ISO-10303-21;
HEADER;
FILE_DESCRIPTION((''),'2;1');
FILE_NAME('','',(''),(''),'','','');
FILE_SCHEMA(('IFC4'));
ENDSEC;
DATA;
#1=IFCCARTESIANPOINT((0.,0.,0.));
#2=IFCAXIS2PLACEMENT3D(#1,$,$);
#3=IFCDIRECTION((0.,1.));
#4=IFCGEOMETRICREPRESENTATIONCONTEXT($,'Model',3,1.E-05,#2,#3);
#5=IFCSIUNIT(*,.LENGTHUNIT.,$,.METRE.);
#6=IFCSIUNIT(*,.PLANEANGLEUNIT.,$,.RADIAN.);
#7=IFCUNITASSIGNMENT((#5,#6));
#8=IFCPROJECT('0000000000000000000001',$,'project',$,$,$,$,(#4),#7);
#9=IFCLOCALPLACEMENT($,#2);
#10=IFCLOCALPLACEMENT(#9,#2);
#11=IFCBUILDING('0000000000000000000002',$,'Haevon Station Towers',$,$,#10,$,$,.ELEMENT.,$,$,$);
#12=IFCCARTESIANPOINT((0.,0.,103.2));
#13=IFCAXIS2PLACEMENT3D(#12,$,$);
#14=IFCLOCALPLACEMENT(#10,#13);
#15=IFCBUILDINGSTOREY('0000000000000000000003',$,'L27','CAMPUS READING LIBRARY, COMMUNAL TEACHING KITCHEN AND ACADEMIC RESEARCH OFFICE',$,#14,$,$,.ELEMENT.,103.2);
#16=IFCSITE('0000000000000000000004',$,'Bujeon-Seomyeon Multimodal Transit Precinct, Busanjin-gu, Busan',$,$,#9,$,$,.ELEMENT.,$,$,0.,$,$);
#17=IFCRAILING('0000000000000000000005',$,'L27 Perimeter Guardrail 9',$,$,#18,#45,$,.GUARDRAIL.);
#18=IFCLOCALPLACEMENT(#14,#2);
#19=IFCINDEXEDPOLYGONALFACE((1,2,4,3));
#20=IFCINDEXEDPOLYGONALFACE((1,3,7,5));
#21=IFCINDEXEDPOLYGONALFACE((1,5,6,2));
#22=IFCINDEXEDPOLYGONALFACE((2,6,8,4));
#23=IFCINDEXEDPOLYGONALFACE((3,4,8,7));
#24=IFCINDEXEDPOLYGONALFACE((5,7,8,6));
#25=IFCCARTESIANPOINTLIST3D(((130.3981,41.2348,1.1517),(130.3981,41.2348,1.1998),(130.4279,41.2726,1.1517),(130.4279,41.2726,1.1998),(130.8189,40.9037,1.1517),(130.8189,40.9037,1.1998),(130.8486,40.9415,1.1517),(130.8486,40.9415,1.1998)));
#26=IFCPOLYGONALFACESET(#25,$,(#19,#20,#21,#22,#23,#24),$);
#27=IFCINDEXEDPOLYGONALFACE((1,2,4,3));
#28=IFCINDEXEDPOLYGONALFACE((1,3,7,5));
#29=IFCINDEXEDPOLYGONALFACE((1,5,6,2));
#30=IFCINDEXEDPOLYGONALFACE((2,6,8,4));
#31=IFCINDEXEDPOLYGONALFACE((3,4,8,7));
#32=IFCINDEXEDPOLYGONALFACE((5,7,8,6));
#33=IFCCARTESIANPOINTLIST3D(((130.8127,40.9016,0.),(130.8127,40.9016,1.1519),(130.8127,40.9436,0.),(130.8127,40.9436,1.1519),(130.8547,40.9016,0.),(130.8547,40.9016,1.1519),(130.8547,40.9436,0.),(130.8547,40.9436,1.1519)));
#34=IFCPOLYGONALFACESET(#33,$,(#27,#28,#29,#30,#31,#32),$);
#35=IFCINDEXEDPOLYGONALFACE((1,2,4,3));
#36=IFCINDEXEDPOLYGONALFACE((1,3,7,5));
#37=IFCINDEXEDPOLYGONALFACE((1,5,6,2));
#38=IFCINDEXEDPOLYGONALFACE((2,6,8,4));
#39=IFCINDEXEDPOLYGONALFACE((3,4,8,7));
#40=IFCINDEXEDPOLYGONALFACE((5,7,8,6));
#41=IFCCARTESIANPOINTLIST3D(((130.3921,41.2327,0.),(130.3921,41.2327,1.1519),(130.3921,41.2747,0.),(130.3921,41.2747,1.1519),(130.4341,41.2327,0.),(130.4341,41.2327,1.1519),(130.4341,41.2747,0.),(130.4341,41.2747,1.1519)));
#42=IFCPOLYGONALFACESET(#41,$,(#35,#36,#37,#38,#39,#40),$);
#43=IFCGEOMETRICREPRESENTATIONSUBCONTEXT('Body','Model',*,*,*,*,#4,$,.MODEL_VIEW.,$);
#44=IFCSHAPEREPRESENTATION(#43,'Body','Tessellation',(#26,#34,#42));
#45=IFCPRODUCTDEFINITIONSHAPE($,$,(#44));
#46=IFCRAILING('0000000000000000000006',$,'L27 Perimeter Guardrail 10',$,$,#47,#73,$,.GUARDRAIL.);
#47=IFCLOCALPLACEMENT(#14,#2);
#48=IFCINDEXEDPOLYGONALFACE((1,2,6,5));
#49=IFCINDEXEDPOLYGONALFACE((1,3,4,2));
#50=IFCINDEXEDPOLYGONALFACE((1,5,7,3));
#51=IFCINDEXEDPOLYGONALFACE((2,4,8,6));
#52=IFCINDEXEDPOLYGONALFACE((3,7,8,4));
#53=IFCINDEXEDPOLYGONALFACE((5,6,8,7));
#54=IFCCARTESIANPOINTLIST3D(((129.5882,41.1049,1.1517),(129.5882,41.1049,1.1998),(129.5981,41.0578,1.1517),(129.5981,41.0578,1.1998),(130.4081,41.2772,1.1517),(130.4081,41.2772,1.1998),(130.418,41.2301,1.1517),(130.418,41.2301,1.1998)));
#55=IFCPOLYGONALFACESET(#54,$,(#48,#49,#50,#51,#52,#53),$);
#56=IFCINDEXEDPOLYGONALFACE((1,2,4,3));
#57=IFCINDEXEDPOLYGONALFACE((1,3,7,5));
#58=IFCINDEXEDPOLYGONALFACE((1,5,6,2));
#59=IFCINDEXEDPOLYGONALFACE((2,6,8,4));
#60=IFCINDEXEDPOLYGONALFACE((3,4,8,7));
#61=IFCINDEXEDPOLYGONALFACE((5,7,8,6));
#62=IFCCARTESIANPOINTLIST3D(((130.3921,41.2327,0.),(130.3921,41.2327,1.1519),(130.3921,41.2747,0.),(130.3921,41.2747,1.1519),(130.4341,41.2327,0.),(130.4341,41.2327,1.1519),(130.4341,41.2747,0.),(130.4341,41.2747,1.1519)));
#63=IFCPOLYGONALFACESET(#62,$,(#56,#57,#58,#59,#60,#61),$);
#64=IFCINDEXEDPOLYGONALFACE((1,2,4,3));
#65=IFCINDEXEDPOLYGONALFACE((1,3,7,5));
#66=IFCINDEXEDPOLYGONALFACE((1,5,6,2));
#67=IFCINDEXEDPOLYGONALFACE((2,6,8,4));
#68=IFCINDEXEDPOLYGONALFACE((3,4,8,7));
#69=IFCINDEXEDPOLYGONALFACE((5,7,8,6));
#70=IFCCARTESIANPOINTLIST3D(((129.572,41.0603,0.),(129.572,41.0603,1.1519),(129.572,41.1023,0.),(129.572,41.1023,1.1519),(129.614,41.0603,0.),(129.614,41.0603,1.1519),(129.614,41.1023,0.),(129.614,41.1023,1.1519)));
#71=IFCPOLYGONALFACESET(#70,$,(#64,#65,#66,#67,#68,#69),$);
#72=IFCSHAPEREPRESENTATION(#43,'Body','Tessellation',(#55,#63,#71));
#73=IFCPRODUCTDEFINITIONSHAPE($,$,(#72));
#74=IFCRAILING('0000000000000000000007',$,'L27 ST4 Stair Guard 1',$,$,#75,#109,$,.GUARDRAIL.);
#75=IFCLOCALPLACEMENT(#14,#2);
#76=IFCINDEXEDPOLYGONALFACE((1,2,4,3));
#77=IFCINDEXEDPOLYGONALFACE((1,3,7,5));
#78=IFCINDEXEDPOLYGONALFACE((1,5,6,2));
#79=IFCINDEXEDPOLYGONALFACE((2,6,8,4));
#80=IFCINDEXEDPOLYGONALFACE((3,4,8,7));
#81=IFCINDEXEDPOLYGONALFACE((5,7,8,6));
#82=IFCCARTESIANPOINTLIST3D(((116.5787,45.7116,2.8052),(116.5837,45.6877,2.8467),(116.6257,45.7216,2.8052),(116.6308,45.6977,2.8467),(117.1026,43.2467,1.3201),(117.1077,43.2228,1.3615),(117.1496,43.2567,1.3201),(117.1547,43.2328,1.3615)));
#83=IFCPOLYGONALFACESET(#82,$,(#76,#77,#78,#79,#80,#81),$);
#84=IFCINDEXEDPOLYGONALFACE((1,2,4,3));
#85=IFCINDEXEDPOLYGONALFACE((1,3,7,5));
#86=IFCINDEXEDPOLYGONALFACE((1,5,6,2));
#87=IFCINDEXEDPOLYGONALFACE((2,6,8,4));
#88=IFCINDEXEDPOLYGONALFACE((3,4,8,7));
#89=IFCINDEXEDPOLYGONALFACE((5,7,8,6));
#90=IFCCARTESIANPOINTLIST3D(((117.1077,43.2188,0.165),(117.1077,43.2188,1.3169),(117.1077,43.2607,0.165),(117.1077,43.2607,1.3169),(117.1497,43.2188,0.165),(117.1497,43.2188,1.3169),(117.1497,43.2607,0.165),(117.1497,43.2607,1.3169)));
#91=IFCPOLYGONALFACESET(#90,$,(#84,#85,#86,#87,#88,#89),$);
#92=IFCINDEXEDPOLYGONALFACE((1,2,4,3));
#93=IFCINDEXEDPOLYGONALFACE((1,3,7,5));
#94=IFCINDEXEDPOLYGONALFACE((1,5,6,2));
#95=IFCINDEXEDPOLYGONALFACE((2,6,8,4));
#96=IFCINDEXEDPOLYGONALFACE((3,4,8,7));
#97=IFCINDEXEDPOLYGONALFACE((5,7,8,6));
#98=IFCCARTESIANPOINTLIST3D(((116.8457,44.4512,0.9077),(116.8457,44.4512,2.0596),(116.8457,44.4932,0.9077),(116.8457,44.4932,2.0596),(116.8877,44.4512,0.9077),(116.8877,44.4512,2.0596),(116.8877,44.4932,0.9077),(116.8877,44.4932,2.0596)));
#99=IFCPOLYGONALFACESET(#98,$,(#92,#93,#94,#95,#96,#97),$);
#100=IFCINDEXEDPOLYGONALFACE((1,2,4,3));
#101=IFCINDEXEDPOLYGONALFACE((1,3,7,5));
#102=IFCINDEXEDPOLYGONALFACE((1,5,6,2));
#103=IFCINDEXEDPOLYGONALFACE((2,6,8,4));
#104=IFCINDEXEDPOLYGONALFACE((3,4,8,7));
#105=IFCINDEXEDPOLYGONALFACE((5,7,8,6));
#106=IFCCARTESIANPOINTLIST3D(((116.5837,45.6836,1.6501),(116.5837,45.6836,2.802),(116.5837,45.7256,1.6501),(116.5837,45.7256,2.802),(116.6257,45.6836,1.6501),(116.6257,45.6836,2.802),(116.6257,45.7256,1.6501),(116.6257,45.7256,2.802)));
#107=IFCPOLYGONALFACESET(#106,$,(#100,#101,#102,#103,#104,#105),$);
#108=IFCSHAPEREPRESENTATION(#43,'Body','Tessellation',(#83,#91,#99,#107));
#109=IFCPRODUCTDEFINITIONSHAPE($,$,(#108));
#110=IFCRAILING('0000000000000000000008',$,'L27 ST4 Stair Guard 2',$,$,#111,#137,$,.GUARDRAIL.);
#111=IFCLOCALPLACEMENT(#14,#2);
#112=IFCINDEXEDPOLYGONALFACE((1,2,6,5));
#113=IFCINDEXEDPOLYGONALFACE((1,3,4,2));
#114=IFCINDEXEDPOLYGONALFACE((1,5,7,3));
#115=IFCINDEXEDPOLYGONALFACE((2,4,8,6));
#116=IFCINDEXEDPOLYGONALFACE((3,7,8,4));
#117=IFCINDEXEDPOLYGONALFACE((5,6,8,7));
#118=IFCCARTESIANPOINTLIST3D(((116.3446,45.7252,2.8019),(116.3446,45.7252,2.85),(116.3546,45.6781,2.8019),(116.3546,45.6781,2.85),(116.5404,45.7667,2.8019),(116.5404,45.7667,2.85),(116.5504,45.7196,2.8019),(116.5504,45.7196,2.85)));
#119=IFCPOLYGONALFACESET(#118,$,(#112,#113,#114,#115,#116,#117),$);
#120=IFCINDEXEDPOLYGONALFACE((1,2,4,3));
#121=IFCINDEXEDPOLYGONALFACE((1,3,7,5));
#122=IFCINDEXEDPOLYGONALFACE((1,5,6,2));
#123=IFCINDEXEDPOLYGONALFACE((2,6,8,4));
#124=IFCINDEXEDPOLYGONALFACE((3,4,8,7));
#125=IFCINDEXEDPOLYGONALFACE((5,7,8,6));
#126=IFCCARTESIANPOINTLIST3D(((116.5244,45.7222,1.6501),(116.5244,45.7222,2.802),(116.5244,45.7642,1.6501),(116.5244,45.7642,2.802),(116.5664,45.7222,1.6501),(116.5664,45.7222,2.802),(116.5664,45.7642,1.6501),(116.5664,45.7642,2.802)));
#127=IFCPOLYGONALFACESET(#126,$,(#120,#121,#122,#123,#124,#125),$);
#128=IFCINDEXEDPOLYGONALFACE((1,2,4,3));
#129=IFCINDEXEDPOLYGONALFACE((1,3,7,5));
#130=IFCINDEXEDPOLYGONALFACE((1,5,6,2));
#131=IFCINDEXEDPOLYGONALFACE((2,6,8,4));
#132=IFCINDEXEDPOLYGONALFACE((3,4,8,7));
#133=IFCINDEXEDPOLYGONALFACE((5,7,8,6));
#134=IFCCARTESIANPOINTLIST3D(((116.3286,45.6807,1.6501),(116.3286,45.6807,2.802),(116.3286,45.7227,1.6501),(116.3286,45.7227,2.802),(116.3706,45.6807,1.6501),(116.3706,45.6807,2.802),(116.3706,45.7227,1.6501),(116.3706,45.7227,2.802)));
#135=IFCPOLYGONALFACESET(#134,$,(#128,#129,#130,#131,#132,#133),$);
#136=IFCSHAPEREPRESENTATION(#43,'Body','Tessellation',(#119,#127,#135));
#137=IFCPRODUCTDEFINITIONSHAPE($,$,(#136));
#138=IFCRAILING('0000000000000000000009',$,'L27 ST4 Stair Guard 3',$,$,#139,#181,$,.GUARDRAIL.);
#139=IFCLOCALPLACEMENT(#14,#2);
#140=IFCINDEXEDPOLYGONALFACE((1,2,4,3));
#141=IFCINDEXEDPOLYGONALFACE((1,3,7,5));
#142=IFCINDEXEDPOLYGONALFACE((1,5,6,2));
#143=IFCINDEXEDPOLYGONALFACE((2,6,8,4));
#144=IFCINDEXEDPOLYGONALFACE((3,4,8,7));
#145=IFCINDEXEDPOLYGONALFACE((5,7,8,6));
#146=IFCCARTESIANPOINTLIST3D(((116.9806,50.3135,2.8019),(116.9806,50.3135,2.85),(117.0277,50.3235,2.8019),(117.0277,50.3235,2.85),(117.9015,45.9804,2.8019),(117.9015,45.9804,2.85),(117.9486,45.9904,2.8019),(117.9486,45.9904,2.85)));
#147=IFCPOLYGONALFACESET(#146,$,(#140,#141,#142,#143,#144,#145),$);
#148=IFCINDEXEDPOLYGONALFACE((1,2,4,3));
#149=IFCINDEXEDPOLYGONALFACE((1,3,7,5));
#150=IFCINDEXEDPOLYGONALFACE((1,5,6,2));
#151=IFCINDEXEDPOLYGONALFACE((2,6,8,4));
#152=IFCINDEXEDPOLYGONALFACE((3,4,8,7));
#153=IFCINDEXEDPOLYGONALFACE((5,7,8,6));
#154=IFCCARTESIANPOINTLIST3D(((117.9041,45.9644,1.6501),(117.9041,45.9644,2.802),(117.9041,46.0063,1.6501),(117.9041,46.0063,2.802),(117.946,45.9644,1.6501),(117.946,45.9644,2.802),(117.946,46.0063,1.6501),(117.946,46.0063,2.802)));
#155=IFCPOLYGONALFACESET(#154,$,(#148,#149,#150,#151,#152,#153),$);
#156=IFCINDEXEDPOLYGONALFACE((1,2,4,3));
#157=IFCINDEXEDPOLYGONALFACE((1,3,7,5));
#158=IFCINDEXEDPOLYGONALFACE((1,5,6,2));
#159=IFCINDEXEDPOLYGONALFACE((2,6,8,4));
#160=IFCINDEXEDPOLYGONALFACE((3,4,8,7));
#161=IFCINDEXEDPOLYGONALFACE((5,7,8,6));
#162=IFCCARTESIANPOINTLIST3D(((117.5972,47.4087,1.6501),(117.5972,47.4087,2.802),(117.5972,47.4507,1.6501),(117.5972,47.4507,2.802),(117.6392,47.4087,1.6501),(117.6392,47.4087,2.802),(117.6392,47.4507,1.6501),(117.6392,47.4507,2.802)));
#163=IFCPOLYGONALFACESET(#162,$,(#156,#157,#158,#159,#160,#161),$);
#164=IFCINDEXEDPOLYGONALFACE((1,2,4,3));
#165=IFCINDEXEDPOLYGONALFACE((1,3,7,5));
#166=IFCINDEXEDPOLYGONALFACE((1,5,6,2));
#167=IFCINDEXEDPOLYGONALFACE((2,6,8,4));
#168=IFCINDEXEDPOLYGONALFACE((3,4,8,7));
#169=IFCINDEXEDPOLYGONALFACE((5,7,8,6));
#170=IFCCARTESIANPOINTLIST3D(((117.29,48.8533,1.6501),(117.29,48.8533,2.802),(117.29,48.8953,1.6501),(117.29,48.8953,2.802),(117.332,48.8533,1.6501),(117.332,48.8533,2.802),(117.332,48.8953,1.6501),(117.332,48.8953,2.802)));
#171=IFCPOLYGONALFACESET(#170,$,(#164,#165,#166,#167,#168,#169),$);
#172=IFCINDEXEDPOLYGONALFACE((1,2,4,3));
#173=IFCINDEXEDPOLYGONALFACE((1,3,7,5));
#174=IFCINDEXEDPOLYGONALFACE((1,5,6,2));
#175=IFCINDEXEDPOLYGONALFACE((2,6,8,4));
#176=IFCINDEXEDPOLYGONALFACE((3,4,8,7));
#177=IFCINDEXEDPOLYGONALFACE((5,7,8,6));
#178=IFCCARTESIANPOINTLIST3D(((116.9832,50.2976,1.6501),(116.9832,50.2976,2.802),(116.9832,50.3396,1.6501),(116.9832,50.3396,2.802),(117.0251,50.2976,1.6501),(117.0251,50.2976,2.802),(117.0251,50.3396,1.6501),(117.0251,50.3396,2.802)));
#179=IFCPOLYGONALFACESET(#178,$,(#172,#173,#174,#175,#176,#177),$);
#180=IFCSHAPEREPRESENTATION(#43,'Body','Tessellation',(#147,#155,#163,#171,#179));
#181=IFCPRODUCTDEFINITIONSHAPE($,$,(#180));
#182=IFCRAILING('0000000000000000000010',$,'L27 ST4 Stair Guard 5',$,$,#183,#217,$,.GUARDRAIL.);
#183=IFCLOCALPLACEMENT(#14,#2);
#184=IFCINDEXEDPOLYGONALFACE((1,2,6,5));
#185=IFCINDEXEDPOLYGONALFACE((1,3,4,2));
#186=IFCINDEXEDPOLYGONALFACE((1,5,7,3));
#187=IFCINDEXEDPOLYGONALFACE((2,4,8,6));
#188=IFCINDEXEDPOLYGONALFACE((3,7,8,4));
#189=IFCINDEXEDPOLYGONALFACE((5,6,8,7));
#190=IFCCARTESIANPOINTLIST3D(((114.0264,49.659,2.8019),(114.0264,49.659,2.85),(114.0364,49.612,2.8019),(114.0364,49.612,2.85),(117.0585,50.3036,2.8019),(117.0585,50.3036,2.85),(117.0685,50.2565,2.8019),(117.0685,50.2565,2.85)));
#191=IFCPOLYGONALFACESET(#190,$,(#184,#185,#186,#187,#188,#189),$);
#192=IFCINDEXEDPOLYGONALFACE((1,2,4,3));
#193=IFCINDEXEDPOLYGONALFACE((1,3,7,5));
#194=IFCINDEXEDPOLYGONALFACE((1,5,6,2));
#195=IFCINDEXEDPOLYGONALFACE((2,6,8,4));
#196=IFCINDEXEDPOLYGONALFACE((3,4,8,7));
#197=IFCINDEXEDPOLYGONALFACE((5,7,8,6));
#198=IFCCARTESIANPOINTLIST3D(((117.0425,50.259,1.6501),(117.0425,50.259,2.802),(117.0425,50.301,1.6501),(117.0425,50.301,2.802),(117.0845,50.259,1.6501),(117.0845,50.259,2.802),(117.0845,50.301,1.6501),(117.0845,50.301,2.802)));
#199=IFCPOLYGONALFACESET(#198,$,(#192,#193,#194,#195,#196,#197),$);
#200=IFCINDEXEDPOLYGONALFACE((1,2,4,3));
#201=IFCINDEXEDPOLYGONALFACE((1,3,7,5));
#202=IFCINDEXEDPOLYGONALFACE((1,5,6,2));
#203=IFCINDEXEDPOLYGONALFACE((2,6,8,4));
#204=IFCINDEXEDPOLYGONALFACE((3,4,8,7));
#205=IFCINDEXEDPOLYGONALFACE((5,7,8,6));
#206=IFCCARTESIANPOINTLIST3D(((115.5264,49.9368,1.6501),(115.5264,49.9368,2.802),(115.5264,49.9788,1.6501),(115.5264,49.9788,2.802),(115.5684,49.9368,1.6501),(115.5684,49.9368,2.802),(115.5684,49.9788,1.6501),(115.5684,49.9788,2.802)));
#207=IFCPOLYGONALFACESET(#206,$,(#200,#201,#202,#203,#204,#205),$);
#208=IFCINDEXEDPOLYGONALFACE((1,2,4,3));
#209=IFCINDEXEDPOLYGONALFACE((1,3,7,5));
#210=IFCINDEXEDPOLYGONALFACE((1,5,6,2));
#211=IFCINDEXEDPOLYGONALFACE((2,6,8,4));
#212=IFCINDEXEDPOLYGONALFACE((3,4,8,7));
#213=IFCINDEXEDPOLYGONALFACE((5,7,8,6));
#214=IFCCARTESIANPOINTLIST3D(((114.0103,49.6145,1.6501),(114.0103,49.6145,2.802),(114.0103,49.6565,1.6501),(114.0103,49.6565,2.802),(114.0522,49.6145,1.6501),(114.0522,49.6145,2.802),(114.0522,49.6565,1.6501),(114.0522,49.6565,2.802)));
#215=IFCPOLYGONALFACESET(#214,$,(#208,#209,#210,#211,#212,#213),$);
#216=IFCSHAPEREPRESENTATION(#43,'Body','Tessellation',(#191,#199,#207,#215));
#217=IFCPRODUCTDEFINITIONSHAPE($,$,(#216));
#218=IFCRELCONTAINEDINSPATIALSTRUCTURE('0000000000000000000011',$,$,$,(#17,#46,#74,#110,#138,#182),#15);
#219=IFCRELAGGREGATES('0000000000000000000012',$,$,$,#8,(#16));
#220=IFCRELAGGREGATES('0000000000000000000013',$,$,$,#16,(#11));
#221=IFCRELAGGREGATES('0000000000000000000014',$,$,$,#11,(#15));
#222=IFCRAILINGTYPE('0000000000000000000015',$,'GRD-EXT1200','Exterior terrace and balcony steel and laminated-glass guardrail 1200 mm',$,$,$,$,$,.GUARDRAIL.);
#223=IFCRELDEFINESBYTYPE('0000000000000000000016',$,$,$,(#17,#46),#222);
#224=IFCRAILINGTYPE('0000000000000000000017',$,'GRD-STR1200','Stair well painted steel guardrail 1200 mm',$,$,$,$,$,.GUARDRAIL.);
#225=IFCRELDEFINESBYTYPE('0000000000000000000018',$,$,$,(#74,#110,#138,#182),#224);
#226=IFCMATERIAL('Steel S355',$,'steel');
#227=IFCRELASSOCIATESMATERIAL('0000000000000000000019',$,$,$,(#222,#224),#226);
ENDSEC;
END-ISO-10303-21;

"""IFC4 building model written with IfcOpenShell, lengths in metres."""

from ifc_helpers import new_model, si_unit, direction, frame, origin, origin_2d, place, context, subcontext, project, spatial, rectangle, extrude, material, type_object, element, save


model = new_model("IFC4")

# Units and contexts
model_context = context("Model", 3, precision=1e-05, world=origin(), true_north=direction((0.0, 1.0)))
body_context = subcontext(model_context, "Body", "Model", "MODEL_VIEW")
ifc_project = project(units=[si_unit("LENGTHUNIT", "METRE"), si_unit("PLANEANGLEUNIT", "RADIAN")], contexts=[model_context])

# Site, building, storey
site_placement = place(None, origin())
site = spatial("IfcSite", under=ifc_project, at=site_placement, Name="Bujeon-Seomyeon Multimodal Transit Precinct, Busanjin-gu, Busan", CompositionType="ELEMENT", RefElevation=0.0)
building_placement = place(site_placement, origin())
building = spatial("IfcBuilding", under=site, at=building_placement, Name="Haevon Station Towers", CompositionType="ELEMENT")
storey_placement = place(building_placement, frame((0.0, 0.0, 103.2)))
storey = spatial("IfcBuildingStorey", under=building, at=storey_placement, Name="L27", Description="CAMPUS READING LIBRARY, COMMUNAL TEACHING KITCHEN AND ACADEMIC RESEARCH OFFICE", CompositionType="ELEMENT", Elevation=103.2)

# Shared definitions
ifc_material_1 = material(Name="Steel S355", Category="steel")

# Railings
railing_type_1 = type_object("IfcRailingType", Name="GRD-EXT1200", Description="Exterior terrace and balcony steel and laminated-glass guardrail 1200 mm", PredefinedType="GUARDRAIL", material=ifc_material_1)
railing_1_placement = place(storey_placement, frame((130.8337, 40.9226, 0.0)))
element("IfcRailing", 1, at=railing_1_placement, inside=storey, type_object=railing_type_1, Name="L27 Perimeter Guardrail 9", PredefinedType="GUARDRAIL", context=body_context, shape_type="SweptSolid", body=[
    extrude(rectangle(XDim=0.0481, YDim=0.0481, at=origin_2d()), frame((0.0, 0.0, 1.1758), z_axis=(-0.785827, 0.618446, 0.0), x_axis=(-0.618446, -0.785827, 0.0)), (0.0, 0.0, 1.0), 0.5354),
    extrude(rectangle(XDim=0.042, YDim=0.042, at=origin_2d()), origin(), (0.0, 0.0, 1.0), 1.1519),
    extrude(rectangle(XDim=0.042, YDim=0.042, at=origin_2d()), frame((-0.4207, 0.3311, 0.0)), (0.0, 0.0, 1.0), 1.1519),
])
railing_2_placement = place(storey_placement, frame((130.4131, 41.2537, 0.0)))
element("IfcRailing", 2, at=railing_2_placement, inside=storey, type_object=railing_type_1, Name="L27 Perimeter Guardrail 10", PredefinedType="GUARDRAIL", context=body_context, shape_type="SweptSolid", body=[
    extrude(rectangle(XDim=0.0481, YDim=0.0481, at=origin_2d()), frame((0.0, 0.0, 1.1758), z_axis=(-0.978618, -0.205687, 0.0), x_axis=(0.205687, -0.978618, 0.0)), (0.0, 0.0, 1.0), 0.8379),
    extrude(rectangle(XDim=0.042, YDim=0.042, at=origin_2d()), origin(), (0.0, 0.0, 1.0), 1.1519),
    extrude(rectangle(XDim=0.042, YDim=0.042, at=origin_2d()), frame((-0.8201, -0.1724, 0.0)), (0.0, 0.0, 1.0), 1.1519),
])
railing_type_2 = type_object("IfcRailingType", Name="GRD-STR1200", Description="Stair well painted steel guardrail 1200 mm", PredefinedType="GUARDRAIL", material=ifc_material_1)
railing_3_placement = place(storey_placement, frame((117.1287, 43.2397, 0.165)))
element("IfcRailing", 3, at=railing_3_placement, inside=storey, type_object=railing_type_2, Name="L27 ST4 Stair Guard 1", PredefinedType="GUARDRAIL", context=body_context, shape_type="SweptSolid", body=[
    extrude(rectangle(XDim=0.0481, YDim=0.0481, at=origin_2d()), frame((0.0, 0.0, 1.1758), z_axis=(-0.179121, 0.842688, 0.507733), x_axis=(-0.978147, -0.207914, 0.0)), (0.0, 0.0, 1.0), 2.925),
    extrude(rectangle(XDim=0.042, YDim=0.042, at=origin_2d()), origin(), (0.0, 0.0, 1.0), 1.1519),
    extrude(rectangle(XDim=0.042, YDim=0.042, at=origin_2d()), frame((-0.262, 1.2324, 0.7427)), (0.0, 0.0, 1.0), 1.1519),
    extrude(rectangle(XDim=0.042, YDim=0.042, at=origin_2d()), frame((-0.5239, 2.4648, 1.4851)), (0.0, 0.0, 1.0), 1.1519),
])
railing_4_placement = place(storey_placement, frame((116.5454, 45.7432, 1.6501)))
element("IfcRailing", 4, at=railing_4_placement, inside=storey, type_object=railing_type_2, Name="L27 ST4 Stair Guard 2", PredefinedType="GUARDRAIL", context=body_context, shape_type="SweptSolid", body=[
    extrude(rectangle(XDim=0.0481, YDim=0.0481, at=origin_2d()), frame((0.0, 0.0, 1.1758), z_axis=(-0.978264, -0.207363, 0.0), x_axis=(0.207363, -0.978264, 0.0)), (0.0, 0.0, 1.0), 0.2002),
    extrude(rectangle(XDim=0.042, YDim=0.042, at=origin_2d()), origin(), (0.0, 0.0, 1.0), 1.1519),
    extrude(rectangle(XDim=0.042, YDim=0.042, at=origin_2d()), frame((-0.1958, -0.0415, 0.0)), (0.0, 0.0, 1.0), 1.1519),
])
railing_5_placement = place(storey_placement, frame((117.925, 45.9854, 1.6501)))
element("IfcRailing", 5, at=railing_5_placement, inside=storey, type_object=railing_type_2, Name="L27 ST4 Stair Guard 3", PredefinedType="GUARDRAIL", context=body_context, shape_type="SweptSolid", body=[
    extrude(rectangle(XDim=0.0481, YDim=0.0481, at=origin_2d()), frame((0.0, 0.0, 1.1758), z_axis=(-0.207877, 0.978155, 0.0), x_axis=(-0.978155, -0.207877, 0.0)), (0.0, 0.0, 1.0), 4.4299),
    extrude(rectangle(XDim=0.042, YDim=0.042, at=origin_2d()), origin(), (0.0, 0.0, 1.0), 1.1519),
    extrude(rectangle(XDim=0.042, YDim=0.042, at=origin_2d()), frame((-0.3069, 1.4443, 0.0)), (0.0, 0.0, 1.0), 1.1519),
    extrude(rectangle(XDim=0.042, YDim=0.042, at=origin_2d()), frame((-0.614, 2.8889, 0.0)), (0.0, 0.0, 1.0), 1.1519),
    extrude(rectangle(XDim=0.042, YDim=0.042, at=origin_2d()), frame((-0.9209, 4.3333, 0.0)), (0.0, 0.0, 1.0), 1.1519),
])
railing_6_placement = place(storey_placement, frame((117.0635, 50.28, 1.6501)))
element("IfcRailing", 6, at=railing_6_placement, inside=storey, type_object=railing_type_2, Name="L27 ST4 Stair Guard 5", PredefinedType="GUARDRAIL", context=body_context, shape_type="SweptSolid", body=[
    extrude(rectangle(XDim=0.0481, YDim=0.0481, at=origin_2d()), frame((0.0, 0.0, 1.1758), z_axis=(-0.978147, -0.207915, 0.0), x_axis=(0.207915, -0.978147, 0.0)), (0.0, 0.0, 1.0), 3.0999),
    extrude(rectangle(XDim=0.042, YDim=0.042, at=origin_2d()), origin(), (0.0, 0.0, 1.0), 1.1519),
    extrude(rectangle(XDim=0.042, YDim=0.042, at=origin_2d()), frame((-1.5161, -0.3223, 0.0)), (0.0, 0.0, 1.0), 1.1519),
    extrude(rectangle(XDim=0.042, YDim=0.042, at=origin_2d()), frame((-3.0322, -0.6445, 0.0)), (0.0, 0.0, 1.0), 1.1519),
])

save(model, "model.ifc")
